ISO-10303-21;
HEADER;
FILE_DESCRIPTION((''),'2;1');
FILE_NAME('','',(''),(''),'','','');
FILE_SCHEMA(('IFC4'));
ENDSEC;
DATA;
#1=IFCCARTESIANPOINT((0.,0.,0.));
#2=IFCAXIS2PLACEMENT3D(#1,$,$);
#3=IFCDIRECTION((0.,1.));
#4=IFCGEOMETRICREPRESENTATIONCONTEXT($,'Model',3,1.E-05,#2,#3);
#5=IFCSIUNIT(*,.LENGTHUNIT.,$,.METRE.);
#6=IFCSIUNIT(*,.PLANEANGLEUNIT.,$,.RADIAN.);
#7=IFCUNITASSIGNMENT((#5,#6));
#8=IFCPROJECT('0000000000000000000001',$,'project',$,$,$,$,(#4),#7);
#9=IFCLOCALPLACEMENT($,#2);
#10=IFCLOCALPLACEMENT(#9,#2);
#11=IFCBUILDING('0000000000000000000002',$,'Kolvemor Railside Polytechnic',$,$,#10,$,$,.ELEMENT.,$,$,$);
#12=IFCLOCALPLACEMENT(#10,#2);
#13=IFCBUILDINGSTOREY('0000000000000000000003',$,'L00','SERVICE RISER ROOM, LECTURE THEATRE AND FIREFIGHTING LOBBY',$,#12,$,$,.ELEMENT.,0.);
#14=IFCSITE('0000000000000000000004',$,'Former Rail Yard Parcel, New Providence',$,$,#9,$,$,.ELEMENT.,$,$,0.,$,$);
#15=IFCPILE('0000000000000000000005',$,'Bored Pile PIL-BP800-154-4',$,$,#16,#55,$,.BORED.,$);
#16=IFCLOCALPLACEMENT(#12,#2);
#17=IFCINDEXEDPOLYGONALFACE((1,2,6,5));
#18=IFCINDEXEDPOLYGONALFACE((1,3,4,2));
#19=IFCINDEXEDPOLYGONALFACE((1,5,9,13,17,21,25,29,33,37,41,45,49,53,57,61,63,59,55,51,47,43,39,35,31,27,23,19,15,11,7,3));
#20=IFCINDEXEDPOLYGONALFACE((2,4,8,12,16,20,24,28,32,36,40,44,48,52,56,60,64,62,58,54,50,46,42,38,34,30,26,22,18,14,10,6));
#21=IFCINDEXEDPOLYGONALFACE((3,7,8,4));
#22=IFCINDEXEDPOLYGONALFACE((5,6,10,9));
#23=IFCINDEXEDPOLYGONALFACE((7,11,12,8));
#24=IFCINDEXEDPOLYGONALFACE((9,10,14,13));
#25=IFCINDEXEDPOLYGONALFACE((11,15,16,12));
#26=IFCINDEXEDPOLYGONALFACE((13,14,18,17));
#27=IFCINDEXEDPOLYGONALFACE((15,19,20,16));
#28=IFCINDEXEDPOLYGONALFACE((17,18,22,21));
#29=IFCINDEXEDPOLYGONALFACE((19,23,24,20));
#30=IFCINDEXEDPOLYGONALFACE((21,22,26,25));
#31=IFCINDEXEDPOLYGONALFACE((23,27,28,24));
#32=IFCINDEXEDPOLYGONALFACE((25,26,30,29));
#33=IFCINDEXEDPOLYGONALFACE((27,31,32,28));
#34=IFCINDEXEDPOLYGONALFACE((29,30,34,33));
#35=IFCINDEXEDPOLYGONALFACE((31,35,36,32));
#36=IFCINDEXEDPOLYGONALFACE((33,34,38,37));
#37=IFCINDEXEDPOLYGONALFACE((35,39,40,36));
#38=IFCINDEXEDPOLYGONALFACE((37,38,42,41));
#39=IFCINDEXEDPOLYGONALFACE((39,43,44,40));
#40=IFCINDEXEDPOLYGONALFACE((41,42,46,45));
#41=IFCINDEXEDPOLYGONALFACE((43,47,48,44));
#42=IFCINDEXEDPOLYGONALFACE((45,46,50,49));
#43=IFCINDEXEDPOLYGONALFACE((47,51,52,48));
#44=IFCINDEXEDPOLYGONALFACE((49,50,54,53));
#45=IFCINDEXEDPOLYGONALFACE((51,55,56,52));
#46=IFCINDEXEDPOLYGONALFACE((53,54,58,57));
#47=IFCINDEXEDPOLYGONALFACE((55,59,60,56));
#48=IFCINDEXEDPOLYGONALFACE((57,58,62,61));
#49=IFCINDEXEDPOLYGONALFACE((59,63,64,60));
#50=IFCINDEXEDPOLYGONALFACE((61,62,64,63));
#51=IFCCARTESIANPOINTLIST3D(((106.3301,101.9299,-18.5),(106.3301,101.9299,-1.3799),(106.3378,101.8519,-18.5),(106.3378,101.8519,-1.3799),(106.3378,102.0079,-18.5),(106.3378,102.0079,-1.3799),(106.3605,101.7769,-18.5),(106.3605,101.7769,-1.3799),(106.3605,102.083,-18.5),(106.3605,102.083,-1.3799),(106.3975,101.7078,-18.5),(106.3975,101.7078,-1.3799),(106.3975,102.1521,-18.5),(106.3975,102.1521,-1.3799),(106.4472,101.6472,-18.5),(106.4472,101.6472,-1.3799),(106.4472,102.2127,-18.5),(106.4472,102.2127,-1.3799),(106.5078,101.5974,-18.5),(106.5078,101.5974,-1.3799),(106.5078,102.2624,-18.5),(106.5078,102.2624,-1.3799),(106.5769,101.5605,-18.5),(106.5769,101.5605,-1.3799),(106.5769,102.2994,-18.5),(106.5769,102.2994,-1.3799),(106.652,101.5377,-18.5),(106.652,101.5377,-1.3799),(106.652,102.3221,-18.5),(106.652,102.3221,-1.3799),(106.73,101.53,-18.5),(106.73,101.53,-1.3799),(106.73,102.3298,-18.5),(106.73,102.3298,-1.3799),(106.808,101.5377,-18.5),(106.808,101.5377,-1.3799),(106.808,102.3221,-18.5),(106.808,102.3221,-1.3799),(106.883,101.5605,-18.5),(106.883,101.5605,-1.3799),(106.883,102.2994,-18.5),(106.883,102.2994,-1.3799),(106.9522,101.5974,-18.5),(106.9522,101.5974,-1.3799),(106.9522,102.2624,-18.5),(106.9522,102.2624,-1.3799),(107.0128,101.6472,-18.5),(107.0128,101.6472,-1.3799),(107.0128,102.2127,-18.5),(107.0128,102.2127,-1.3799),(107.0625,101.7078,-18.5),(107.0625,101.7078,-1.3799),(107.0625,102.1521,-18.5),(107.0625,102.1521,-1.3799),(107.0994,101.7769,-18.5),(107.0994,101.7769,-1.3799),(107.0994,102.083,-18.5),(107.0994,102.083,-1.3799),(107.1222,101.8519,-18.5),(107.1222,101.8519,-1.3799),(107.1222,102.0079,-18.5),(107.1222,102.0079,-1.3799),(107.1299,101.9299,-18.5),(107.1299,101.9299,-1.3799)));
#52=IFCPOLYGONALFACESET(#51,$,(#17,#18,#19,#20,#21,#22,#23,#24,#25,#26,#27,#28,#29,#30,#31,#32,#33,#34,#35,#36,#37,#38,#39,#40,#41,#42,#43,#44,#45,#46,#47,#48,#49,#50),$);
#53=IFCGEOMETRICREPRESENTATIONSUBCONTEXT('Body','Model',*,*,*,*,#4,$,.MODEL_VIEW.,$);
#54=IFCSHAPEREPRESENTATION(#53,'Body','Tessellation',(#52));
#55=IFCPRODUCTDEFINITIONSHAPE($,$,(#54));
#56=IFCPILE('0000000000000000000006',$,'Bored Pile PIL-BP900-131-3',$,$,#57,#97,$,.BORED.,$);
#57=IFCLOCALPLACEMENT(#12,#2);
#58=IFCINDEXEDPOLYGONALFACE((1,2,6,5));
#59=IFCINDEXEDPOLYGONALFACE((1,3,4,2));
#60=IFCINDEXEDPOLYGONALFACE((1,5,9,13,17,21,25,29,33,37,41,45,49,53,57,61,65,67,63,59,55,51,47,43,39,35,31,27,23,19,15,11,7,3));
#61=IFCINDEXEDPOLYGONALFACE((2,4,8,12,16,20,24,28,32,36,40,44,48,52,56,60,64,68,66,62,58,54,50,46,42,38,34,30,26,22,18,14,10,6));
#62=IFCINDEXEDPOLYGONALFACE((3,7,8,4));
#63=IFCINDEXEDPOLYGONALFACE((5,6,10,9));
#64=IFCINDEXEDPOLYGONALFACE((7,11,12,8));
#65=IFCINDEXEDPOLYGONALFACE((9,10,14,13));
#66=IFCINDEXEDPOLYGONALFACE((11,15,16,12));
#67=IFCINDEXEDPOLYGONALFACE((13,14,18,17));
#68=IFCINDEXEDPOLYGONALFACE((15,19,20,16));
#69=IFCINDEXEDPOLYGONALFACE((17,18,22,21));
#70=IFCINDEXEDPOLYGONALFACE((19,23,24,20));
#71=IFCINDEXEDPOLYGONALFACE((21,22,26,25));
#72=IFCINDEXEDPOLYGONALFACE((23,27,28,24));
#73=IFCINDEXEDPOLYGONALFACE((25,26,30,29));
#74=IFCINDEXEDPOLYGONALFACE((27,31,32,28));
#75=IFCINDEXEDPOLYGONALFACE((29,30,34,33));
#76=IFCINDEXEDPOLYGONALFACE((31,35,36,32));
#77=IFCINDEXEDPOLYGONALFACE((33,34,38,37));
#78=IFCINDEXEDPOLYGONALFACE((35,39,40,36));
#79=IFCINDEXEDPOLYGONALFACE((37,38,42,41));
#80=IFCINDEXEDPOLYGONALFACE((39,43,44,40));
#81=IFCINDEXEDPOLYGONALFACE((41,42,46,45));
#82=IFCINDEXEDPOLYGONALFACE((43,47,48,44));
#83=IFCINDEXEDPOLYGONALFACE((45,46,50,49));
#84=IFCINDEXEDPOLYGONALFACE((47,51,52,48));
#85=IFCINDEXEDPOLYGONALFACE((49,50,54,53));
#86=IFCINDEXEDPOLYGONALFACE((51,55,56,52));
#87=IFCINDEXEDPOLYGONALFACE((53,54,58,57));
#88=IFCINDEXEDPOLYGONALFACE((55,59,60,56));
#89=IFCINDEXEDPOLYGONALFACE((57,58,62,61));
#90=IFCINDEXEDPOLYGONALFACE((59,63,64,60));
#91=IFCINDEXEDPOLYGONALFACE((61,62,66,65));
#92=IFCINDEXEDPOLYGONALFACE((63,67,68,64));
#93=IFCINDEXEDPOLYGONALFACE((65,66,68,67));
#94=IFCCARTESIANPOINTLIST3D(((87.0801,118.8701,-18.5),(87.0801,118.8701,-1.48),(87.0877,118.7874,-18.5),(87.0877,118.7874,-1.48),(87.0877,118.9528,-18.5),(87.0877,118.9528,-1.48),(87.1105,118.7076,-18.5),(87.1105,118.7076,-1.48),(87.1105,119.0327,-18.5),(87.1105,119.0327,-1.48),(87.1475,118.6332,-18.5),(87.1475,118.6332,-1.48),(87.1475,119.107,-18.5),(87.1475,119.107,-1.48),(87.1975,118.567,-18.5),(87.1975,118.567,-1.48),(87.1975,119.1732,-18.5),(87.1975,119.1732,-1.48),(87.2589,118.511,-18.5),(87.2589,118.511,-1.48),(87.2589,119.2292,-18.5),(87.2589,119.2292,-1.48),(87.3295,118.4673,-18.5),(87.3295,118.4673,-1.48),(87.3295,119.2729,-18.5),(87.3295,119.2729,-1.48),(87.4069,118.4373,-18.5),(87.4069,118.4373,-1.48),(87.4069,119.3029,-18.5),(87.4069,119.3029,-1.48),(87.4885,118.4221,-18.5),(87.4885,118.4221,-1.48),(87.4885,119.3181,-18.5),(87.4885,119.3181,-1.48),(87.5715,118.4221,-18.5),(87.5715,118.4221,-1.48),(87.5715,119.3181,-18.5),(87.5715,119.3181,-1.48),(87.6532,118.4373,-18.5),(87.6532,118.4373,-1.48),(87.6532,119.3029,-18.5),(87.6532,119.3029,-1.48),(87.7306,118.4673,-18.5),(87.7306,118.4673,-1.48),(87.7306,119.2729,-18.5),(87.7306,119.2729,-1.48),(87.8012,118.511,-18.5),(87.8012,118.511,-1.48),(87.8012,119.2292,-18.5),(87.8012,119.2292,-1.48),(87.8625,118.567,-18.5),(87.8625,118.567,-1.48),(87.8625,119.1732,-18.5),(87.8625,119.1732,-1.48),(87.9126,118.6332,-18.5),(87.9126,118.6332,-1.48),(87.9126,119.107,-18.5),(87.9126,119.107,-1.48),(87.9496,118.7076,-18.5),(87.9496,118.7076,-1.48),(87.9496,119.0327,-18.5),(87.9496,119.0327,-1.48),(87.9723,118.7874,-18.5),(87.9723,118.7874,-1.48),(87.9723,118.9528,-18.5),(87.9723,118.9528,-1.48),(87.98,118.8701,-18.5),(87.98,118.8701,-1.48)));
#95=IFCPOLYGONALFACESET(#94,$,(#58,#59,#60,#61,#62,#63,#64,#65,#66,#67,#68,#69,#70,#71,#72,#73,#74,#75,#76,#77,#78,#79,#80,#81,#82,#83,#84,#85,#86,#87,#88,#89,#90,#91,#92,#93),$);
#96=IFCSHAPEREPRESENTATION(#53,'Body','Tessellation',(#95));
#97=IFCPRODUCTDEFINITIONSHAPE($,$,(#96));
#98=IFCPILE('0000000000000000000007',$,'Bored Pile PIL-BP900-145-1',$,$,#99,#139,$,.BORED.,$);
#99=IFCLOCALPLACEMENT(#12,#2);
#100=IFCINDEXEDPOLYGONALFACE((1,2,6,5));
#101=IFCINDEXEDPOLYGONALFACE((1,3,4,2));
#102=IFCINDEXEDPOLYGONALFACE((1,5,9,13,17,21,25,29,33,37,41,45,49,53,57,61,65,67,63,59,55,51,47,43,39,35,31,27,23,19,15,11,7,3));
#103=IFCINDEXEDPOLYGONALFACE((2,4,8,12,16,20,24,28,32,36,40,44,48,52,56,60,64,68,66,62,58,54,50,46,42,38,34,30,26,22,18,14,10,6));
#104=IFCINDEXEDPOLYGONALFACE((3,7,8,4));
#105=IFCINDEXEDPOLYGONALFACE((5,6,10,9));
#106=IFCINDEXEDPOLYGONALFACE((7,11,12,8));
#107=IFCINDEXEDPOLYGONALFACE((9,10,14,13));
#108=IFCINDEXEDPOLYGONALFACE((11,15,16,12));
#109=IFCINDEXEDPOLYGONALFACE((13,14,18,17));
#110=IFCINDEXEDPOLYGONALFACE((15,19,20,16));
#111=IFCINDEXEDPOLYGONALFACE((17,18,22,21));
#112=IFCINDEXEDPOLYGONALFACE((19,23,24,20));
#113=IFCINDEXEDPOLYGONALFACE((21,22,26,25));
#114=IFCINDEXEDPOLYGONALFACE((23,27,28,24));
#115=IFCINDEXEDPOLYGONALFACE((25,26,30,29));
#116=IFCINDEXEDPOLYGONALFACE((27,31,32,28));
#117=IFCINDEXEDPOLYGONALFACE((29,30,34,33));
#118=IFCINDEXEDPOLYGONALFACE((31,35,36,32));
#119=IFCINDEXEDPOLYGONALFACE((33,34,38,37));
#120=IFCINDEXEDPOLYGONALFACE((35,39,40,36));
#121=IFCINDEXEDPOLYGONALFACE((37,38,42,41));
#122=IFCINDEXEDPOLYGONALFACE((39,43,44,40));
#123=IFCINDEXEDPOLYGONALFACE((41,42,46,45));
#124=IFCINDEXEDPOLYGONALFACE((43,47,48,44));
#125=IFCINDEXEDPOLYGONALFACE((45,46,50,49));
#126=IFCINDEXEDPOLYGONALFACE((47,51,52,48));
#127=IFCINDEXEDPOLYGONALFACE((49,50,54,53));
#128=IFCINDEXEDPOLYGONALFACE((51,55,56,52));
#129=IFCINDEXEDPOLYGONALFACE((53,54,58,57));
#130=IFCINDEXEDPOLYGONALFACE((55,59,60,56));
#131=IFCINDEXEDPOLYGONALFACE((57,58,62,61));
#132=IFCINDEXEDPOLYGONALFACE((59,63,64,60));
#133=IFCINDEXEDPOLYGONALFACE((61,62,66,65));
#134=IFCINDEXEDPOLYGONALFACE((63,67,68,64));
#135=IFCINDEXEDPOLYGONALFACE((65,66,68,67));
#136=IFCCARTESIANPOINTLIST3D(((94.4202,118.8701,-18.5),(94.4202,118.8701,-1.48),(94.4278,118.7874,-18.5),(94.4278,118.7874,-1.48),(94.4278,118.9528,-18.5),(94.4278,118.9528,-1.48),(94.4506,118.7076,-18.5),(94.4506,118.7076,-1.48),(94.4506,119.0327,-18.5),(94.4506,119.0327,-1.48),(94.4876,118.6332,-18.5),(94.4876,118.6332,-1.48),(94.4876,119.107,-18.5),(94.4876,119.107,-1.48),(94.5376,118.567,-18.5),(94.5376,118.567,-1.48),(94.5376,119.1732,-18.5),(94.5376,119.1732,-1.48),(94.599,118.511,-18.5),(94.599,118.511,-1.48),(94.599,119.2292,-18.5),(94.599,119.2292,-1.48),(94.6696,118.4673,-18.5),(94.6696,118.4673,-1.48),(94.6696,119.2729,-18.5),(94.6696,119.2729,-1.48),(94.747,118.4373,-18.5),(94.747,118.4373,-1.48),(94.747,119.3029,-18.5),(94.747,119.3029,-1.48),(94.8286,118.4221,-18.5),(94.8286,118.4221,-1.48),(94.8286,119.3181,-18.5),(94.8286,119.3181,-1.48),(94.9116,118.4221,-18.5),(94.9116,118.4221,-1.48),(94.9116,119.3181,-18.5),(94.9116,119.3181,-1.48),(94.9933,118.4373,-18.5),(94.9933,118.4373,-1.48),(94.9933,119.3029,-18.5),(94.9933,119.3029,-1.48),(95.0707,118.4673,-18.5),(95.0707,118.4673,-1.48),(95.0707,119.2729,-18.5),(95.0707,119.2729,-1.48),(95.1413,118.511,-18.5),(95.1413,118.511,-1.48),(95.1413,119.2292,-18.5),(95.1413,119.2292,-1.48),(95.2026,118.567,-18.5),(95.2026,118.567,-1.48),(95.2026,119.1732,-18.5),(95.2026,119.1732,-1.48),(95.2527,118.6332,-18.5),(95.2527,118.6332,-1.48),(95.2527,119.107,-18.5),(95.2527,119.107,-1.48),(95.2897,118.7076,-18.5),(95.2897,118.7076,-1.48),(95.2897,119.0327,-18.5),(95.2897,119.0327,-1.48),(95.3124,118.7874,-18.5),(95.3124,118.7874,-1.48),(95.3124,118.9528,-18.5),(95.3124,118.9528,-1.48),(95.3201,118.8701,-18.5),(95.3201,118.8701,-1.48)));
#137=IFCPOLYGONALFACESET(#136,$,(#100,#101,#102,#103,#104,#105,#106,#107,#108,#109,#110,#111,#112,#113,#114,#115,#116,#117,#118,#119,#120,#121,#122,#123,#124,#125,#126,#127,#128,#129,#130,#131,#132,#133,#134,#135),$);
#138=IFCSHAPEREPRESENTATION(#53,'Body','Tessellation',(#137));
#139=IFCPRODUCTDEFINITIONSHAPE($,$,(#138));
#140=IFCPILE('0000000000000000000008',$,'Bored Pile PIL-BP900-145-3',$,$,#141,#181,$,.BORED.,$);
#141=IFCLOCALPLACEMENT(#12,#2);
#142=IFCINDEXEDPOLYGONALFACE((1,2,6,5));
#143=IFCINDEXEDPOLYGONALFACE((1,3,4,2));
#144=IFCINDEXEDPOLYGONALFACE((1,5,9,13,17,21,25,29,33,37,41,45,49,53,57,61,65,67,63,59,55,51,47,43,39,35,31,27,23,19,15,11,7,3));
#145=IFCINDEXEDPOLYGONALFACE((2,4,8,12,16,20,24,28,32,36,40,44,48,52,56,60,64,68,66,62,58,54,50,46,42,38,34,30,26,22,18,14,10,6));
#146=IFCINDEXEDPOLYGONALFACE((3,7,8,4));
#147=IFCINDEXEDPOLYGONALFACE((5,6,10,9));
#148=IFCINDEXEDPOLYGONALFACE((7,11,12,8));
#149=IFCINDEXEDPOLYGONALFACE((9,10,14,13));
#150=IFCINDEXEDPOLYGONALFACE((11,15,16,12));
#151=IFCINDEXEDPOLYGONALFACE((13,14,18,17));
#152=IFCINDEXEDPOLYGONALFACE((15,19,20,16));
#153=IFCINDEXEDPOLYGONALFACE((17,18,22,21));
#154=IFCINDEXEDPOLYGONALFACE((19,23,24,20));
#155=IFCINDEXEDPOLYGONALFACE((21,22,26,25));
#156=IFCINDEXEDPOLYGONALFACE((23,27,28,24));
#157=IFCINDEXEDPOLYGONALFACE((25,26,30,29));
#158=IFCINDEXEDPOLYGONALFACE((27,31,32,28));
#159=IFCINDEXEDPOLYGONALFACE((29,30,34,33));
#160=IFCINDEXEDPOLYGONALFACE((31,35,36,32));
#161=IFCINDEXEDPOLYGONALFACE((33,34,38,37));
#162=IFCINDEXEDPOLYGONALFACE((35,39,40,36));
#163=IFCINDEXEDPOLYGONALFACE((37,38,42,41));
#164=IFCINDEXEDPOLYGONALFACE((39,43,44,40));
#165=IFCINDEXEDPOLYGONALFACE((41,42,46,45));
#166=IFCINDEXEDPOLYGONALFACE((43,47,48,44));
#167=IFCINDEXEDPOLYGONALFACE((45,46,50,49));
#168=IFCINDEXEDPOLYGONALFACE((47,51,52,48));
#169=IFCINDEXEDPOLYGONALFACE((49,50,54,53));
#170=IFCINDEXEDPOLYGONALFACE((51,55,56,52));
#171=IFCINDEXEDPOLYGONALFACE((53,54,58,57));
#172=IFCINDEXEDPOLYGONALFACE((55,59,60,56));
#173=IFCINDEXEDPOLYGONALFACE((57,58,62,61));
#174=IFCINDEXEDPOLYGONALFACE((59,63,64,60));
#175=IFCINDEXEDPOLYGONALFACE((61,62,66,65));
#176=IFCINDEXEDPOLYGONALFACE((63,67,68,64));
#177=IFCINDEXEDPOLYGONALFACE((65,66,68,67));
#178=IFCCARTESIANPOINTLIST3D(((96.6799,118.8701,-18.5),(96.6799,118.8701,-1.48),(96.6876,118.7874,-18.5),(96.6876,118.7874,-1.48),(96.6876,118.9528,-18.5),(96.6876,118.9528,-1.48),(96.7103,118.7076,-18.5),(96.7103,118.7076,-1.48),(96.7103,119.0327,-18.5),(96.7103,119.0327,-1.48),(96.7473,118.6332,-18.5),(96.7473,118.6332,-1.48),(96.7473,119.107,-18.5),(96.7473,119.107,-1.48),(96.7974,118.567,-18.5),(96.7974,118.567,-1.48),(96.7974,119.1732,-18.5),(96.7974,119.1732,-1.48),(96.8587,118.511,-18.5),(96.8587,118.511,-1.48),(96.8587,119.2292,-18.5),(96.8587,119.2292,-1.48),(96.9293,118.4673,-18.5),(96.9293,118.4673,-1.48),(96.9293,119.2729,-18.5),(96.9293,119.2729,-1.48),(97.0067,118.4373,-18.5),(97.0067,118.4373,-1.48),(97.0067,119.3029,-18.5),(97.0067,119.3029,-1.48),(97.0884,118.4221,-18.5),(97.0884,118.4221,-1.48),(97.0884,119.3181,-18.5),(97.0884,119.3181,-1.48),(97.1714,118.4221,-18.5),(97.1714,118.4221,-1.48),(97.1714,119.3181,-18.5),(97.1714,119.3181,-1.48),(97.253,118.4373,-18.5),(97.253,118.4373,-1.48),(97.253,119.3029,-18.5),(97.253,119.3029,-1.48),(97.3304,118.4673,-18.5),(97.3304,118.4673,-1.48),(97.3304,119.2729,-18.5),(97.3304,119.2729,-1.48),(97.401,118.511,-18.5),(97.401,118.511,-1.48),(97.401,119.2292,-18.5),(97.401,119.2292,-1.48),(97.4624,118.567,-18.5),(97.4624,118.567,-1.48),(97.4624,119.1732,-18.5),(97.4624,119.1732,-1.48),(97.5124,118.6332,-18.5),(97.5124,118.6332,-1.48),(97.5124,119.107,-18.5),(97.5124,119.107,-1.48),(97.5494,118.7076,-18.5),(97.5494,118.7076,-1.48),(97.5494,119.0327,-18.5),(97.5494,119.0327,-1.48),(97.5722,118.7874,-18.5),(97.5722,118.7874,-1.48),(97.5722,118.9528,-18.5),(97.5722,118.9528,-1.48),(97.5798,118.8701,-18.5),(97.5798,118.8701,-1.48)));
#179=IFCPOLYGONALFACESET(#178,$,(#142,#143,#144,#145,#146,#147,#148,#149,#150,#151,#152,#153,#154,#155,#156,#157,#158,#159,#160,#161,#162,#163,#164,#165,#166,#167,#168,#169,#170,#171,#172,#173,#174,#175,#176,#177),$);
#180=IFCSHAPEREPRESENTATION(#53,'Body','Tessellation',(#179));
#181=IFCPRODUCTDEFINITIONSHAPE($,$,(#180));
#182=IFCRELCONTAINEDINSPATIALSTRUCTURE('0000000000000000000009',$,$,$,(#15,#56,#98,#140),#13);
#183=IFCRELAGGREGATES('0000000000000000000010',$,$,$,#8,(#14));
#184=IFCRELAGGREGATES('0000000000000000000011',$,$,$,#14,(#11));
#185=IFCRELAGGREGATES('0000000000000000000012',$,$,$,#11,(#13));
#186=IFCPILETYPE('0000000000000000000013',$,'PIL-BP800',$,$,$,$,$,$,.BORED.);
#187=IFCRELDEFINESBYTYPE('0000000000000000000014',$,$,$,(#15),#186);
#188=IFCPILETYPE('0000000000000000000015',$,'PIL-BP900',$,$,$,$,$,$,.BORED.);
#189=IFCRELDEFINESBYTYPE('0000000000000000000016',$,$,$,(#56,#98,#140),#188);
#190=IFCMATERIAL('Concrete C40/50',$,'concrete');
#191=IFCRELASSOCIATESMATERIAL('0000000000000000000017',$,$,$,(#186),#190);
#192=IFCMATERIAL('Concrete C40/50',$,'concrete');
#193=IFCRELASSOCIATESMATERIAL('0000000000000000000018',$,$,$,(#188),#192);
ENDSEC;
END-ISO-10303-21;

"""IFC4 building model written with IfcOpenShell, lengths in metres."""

from ifc_helpers import new_model, si_unit, direction, frame, origin, origin_2d, place, context, subcontext, project, spatial, circle, extrude, material, material_profile, profile_set, type_object, element, save


model = new_model("IFC4")

# Units and contexts
model_context = context("Model", 3, precision=1e-05, world=origin(), true_north=direction((0.0, 1.0)))
body_context = subcontext(model_context, "Body", "Model", "MODEL_VIEW")
ifc_project = project(units=[si_unit("LENGTHUNIT", "METRE"), si_unit("PLANEANGLEUNIT", "RADIAN")], contexts=[model_context])

# Site, building, storey
site_placement = place(None, origin())
site = spatial("IfcSite", under=ifc_project, at=site_placement, Name="Former Rail Yard Parcel, New Providence", CompositionType="ELEMENT", RefElevation=0.0)
building_placement = place(site_placement, origin())
building = spatial("IfcBuilding", under=site, at=building_placement, Name="Kolvemor Railside Polytechnic", CompositionType="ELEMENT")
storey_placement = place(building_placement, origin())
storey = spatial("IfcBuildingStorey", under=building, at=storey_placement, Name="L00", Description="SERVICE RISER ROOM, LECTURE THEATRE AND FIREFIGHTING LOBBY", CompositionType="ELEMENT", Elevation=0.0)

# Piles
ifc_material_1 = material(Name="Concrete C40/50", Category="concrete")
ifc_material_profile_1 = material_profile(ifc_material_1, circle(Radius=0.3999, at=origin_2d()), Name="BP800")
ifc_profile_set_1 = profile_set([ifc_material_profile_1], Name="Concrete C40/50")
pile_type_1 = type_object("IfcPileType", Name="PIL-BP800", PredefinedType="BORED", material=ifc_profile_set_1)
for number, where, z_axis, x_axis, name in (
    (1, (106.73, 101.9299, -1.3799), (0.0, 0.0, -1.0), (1.0, 0.0, 0.0), "Bored Pile PIL-BP800-154-4"),
):
    element("IfcPile", number, at=place(storey_placement, frame(where, z_axis=z_axis, x_axis=x_axis)), inside=storey, type_object=pile_type_1, Name=name, PredefinedType="BORED", context=body_context, shape_type="SweptSolid", body=[
        extrude(circle(Radius=0.3999, at=origin_2d()), origin(), (0.0, 0.0, 1.0), 17.1201),
    ])
ifc_material_2 = material(Name="Concrete C40/50", Category="concrete")
ifc_material_profile_2 = material_profile(ifc_material_2, circle(Radius=0.45, at=origin_2d()), Name="BP900")
ifc_profile_set_2 = profile_set([ifc_material_profile_2], Name="Concrete C40/50")
pile_type_2 = type_object("IfcPileType", Name="PIL-BP900", PredefinedType="BORED", material=ifc_profile_set_2)
for number, where, z_axis, x_axis, name in (
    (2, (87.53, 118.8701, -1.48), (0.0, 0.0, -1.0), (1.0, 0.0, 0.0), "Bored Pile PIL-BP900-131-3"),
    (3, (94.8701, 118.8701, -1.48), (0.0, 0.0, -1.0), (1.0, 0.0, 0.0), "Bored Pile PIL-BP900-145-1"),
    (4, (97.1299, 118.8701, -1.48), (0.0, 0.0, -1.0), (1.0, 0.0, 0.0), "Bored Pile PIL-BP900-145-3"),
):
    element("IfcPile", number, at=place(storey_placement, frame(where, z_axis=z_axis, x_axis=x_axis)), inside=storey, type_object=pile_type_2, Name=name, PredefinedType="BORED", context=body_context, shape_type="SweptSolid", body=[
        extrude(circle(Radius=0.45, at=origin_2d()), origin(), (0.0, 0.0, 1.0), 17.02),
    ])

save(model, "model.ifc")
